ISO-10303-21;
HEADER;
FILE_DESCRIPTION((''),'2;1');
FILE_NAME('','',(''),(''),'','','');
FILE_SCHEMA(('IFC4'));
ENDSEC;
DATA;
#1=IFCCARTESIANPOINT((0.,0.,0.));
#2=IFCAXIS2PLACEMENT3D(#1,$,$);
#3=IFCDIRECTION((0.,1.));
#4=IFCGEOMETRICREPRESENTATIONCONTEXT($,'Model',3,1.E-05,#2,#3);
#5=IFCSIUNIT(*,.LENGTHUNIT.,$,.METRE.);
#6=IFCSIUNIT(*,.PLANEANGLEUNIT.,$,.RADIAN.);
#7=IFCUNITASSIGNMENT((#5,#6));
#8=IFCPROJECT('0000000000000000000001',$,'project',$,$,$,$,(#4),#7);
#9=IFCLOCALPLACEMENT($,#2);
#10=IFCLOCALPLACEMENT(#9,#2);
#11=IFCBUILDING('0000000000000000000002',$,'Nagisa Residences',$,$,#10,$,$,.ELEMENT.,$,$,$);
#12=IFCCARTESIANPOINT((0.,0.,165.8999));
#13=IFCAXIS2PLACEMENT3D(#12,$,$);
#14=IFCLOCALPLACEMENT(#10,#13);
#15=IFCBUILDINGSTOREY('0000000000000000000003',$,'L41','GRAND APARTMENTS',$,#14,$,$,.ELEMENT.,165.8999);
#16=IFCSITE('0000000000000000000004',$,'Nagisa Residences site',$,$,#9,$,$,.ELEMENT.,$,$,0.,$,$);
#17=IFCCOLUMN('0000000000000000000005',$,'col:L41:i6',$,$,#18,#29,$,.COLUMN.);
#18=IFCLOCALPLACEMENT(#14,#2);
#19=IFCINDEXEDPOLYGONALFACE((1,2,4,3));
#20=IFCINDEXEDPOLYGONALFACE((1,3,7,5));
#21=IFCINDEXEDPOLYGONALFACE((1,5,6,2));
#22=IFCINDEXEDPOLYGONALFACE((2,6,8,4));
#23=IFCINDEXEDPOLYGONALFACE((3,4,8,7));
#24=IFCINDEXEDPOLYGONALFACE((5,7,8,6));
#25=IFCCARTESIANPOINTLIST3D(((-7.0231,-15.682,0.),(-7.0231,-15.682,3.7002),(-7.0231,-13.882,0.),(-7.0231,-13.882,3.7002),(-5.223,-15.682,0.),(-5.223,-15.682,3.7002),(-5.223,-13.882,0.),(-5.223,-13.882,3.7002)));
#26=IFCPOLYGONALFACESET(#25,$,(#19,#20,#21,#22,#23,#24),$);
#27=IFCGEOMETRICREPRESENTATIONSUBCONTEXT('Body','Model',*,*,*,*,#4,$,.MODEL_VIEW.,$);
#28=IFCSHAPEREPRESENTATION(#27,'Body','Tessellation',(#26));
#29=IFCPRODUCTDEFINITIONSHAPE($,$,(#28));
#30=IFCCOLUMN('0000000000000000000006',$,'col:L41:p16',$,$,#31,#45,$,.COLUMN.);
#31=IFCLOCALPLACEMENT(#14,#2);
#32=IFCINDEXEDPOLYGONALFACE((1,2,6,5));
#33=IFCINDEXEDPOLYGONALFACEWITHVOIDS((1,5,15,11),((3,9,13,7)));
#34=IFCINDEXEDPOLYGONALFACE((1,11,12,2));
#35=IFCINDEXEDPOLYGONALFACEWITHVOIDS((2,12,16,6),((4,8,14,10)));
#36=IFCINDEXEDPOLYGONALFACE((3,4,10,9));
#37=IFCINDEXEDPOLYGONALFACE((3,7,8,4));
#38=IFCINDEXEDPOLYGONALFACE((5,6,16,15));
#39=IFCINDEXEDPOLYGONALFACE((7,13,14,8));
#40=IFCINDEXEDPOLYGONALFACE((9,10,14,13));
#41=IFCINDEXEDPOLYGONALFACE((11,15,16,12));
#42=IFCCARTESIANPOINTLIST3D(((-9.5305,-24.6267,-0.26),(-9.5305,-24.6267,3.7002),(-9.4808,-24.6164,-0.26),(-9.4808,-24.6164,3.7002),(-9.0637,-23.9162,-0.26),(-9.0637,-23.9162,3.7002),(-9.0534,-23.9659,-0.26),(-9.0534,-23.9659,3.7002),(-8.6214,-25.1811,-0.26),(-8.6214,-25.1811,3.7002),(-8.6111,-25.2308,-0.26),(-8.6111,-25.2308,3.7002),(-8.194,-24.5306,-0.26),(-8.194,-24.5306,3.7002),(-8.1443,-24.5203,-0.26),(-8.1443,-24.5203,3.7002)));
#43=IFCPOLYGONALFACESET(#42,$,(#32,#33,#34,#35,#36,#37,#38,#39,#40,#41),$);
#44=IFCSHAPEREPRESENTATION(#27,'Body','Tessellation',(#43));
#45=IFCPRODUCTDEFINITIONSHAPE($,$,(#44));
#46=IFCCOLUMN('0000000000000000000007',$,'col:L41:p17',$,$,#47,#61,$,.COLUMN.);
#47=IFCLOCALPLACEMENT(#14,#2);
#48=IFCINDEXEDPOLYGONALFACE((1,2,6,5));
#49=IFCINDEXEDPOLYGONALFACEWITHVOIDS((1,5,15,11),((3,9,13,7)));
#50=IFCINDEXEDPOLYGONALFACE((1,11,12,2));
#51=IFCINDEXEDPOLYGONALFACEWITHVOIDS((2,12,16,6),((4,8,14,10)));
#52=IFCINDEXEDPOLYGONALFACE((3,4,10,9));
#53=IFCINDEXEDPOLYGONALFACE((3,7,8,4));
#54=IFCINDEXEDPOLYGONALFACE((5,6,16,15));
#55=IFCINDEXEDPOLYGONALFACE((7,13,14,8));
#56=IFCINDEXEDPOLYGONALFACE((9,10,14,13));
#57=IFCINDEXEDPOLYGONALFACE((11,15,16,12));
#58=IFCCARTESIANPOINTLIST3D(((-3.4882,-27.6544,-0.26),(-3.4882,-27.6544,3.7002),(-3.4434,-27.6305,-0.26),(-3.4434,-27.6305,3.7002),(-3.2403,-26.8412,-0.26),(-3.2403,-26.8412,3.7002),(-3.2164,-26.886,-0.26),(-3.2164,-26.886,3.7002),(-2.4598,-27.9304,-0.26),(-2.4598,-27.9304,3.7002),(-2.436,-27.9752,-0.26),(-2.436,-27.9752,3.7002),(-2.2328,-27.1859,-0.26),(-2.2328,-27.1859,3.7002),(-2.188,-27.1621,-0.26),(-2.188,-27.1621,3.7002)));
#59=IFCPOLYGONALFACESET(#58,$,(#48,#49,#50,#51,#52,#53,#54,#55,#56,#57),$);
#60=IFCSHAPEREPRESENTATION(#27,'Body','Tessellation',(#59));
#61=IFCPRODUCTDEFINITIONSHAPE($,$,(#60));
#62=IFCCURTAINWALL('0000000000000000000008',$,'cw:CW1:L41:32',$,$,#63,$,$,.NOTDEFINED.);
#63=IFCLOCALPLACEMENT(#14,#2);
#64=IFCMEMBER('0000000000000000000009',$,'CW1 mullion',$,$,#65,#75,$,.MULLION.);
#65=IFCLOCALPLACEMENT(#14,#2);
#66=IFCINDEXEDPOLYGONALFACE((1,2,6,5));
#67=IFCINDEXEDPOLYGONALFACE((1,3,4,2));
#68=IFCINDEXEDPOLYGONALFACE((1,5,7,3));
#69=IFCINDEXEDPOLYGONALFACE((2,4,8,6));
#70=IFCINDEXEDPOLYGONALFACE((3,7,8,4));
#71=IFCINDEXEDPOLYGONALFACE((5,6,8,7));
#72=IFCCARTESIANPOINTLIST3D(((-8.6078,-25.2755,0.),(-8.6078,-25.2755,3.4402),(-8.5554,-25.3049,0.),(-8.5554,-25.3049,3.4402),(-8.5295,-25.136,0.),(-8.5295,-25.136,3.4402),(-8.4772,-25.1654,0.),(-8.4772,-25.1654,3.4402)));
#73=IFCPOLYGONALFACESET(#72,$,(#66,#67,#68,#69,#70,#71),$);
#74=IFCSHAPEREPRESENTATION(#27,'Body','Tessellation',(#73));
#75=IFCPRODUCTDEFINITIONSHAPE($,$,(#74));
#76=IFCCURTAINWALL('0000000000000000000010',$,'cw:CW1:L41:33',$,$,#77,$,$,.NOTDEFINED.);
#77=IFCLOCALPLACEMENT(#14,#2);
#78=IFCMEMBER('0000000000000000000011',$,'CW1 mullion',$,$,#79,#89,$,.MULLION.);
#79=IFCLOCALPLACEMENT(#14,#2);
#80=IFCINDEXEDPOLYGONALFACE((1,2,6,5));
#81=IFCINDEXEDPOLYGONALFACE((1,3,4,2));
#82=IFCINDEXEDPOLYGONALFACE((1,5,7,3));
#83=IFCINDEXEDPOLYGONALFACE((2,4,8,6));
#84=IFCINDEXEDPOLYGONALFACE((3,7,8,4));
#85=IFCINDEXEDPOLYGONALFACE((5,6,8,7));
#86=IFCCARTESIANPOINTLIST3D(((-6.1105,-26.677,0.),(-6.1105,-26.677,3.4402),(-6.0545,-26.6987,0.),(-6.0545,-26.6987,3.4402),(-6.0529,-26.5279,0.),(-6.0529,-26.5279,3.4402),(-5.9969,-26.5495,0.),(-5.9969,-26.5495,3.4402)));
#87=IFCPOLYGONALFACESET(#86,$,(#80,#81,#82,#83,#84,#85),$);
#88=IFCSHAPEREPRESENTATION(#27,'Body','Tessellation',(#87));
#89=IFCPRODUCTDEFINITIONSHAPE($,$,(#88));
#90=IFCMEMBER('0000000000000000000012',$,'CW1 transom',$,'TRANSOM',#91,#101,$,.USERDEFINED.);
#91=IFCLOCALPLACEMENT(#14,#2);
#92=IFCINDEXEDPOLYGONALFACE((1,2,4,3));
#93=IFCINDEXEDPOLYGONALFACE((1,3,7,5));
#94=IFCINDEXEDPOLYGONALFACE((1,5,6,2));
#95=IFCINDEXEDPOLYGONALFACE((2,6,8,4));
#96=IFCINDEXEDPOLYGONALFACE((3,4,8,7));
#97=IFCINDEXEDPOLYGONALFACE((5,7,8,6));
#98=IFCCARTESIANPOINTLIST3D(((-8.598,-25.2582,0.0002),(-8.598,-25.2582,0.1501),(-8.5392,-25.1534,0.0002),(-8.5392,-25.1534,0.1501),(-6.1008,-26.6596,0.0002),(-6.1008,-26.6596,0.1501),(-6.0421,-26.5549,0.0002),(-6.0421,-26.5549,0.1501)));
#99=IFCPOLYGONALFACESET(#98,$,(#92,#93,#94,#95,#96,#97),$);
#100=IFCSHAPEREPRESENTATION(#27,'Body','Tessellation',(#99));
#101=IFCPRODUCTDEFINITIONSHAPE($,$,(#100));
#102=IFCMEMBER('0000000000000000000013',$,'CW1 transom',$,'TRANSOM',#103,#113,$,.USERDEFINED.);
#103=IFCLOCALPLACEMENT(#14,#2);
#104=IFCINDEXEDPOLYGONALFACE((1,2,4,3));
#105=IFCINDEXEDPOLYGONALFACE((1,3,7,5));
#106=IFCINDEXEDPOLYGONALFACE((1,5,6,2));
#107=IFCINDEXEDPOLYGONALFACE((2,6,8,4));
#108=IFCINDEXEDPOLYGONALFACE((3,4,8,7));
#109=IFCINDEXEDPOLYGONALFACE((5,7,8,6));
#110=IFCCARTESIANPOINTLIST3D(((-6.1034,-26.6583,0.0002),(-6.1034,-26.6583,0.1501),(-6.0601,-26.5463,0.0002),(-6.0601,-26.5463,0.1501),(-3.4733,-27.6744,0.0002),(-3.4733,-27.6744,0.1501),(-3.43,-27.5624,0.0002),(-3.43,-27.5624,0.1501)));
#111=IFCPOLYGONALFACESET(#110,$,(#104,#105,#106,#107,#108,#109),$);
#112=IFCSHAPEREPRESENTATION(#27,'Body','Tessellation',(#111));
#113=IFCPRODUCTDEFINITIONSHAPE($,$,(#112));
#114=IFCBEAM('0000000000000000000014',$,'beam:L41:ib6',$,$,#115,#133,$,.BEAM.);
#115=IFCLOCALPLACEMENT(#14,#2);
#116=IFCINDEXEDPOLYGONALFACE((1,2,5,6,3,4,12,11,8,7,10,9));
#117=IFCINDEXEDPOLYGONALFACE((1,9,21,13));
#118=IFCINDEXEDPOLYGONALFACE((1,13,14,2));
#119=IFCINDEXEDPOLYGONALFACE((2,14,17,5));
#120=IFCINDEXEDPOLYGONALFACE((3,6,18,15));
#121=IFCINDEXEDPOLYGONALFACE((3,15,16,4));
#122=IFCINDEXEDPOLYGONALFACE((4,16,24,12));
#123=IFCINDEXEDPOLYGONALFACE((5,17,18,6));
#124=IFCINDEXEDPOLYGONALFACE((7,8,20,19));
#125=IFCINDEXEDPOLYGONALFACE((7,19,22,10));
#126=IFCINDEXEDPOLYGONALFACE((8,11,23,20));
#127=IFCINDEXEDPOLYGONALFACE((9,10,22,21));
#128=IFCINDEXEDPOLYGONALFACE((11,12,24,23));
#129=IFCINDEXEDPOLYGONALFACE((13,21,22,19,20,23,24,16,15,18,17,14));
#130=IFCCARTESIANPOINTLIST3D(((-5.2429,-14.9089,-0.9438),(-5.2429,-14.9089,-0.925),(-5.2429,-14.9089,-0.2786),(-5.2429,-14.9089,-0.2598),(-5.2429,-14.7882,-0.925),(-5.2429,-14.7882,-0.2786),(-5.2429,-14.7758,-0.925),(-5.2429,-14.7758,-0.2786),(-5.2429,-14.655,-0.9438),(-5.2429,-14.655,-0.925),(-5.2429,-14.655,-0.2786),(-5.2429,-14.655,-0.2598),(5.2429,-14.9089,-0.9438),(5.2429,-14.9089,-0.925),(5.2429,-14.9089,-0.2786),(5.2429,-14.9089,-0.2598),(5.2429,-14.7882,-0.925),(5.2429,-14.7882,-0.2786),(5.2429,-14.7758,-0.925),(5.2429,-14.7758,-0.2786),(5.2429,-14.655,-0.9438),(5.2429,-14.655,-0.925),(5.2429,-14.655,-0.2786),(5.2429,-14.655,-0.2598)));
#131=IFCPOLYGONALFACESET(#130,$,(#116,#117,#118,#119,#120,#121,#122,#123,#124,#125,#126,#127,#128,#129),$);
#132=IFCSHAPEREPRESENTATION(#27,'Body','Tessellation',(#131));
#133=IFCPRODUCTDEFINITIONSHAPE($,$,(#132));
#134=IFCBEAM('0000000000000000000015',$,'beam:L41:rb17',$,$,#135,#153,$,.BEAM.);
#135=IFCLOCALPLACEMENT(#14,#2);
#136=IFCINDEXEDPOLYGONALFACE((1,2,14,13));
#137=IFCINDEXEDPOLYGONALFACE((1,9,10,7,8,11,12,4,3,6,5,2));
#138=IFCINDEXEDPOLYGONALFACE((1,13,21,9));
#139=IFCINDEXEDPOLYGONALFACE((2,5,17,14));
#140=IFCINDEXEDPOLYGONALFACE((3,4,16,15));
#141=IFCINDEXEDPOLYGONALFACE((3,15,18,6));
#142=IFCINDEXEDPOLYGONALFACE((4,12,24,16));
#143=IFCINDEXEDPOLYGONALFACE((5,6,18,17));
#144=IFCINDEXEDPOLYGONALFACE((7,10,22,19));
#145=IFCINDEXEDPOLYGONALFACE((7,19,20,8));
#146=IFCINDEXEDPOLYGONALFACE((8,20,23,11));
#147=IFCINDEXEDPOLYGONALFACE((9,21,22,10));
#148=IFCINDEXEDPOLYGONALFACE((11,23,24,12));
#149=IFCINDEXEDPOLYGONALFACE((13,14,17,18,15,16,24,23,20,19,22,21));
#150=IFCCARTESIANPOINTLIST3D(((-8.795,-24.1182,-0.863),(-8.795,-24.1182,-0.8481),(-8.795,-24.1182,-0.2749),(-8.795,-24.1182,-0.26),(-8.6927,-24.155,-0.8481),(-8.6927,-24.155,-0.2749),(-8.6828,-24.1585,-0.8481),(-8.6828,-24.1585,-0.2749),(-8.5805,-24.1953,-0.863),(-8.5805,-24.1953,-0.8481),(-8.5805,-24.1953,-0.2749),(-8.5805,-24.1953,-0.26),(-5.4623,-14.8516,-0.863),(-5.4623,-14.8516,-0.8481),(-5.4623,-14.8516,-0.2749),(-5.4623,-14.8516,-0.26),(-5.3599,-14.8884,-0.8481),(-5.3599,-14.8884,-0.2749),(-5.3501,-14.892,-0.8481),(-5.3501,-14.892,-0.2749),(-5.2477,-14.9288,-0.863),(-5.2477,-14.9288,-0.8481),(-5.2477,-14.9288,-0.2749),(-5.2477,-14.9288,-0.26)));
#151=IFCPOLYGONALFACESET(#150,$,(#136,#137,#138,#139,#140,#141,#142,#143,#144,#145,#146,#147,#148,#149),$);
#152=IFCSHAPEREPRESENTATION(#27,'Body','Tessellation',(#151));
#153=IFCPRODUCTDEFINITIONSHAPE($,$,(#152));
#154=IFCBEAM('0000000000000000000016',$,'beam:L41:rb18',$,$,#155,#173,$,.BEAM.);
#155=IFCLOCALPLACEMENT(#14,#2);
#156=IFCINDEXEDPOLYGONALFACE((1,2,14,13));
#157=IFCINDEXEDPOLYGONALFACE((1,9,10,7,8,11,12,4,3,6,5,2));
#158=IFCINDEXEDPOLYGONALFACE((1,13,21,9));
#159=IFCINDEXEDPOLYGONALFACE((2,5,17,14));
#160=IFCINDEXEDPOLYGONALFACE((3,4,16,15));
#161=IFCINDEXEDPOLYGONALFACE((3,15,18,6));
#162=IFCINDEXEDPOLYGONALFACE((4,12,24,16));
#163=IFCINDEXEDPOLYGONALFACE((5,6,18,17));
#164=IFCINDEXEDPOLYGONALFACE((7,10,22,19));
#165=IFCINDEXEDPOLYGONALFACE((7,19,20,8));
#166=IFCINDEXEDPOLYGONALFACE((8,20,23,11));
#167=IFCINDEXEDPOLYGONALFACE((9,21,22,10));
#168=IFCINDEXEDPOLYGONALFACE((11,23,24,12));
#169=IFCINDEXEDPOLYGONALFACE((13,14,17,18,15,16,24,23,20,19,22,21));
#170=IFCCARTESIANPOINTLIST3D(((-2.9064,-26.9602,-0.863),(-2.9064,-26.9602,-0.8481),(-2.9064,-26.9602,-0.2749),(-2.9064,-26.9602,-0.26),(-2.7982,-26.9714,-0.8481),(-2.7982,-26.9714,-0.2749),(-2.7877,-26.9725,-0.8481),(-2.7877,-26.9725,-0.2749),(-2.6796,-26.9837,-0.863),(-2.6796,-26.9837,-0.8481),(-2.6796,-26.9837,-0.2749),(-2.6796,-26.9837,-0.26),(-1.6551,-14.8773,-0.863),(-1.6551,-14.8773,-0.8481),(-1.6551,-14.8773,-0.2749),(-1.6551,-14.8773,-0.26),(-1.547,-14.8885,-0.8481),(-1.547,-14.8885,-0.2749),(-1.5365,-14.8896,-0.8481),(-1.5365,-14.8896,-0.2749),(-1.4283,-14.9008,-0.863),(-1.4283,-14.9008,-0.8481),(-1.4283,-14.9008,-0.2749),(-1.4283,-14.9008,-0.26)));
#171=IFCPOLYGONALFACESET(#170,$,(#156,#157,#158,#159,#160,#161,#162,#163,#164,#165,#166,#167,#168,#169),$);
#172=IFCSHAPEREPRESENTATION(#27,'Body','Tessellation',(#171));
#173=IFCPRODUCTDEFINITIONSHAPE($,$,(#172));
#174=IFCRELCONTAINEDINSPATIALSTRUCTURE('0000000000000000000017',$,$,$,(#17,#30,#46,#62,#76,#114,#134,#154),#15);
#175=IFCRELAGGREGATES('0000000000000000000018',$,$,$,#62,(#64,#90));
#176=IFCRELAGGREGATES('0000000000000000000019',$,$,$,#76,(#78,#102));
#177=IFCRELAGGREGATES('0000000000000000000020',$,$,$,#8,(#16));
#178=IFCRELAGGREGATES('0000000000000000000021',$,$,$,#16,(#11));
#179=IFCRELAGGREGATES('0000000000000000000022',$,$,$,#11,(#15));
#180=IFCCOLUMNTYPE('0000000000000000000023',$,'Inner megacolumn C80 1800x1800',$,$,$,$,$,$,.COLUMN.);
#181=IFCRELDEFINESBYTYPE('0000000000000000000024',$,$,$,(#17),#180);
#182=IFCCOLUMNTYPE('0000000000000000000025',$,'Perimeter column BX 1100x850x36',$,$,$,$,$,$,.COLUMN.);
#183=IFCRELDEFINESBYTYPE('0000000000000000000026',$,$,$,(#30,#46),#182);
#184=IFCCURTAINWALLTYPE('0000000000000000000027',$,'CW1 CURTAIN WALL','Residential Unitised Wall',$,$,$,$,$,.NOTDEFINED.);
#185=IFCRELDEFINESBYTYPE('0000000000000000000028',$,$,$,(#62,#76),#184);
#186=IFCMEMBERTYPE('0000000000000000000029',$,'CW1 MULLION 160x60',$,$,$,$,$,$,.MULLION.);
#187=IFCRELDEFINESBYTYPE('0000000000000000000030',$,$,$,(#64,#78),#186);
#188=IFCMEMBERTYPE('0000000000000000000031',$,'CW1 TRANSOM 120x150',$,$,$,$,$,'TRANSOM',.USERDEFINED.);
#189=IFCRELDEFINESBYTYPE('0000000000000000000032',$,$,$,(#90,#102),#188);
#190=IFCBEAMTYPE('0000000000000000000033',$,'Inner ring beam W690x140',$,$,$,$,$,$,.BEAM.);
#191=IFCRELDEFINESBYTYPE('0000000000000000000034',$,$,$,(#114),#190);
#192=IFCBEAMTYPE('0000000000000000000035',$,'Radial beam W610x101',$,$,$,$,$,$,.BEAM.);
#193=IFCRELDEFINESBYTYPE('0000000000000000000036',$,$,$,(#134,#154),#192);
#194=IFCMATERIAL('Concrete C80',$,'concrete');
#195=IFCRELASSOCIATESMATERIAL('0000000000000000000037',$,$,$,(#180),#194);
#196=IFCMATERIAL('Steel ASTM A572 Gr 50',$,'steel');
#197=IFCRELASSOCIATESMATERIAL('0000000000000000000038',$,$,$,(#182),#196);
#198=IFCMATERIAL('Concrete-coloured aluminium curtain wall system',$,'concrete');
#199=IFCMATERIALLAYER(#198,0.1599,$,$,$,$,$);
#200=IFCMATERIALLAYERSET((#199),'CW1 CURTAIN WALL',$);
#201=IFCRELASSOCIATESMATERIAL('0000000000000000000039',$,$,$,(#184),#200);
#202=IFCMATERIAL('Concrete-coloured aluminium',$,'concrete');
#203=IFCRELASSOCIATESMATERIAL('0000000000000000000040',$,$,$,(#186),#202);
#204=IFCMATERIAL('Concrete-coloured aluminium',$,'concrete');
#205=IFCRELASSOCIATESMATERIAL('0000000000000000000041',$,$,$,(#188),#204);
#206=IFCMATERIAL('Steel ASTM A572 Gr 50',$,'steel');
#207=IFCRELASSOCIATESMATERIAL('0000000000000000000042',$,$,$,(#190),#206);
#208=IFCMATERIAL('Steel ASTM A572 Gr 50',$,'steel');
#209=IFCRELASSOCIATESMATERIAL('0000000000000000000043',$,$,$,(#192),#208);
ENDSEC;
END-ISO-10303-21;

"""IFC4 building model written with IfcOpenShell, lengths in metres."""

from ifc_helpers import new_model, si_unit, direction, frame, origin, origin_2d, place, context, subcontext, project, spatial, rectangle, hollow_rectangle, i_section, extrude, material, layer, layer_set, material_profile, profile_set, type_object, element, aggregate, save


model = new_model("IFC4")

# Units and contexts
model_context = context("Model", 3, precision=1e-05, world=origin(), true_north=direction((0.0, 1.0)))
body_context = subcontext(model_context, "Body", "Model", "MODEL_VIEW")
ifc_project = project(units=[si_unit("LENGTHUNIT", "METRE"), si_unit("PLANEANGLEUNIT", "RADIAN")], contexts=[model_context])

# Site, building, storey
site_placement = place(None, origin())
site = spatial("IfcSite", under=ifc_project, at=site_placement, Name="Nagisa Residences site", CompositionType="ELEMENT", RefElevation=0.0)
building_placement = place(site_placement, origin())
building = spatial("IfcBuilding", under=site, at=building_placement, Name="Nagisa Residences", CompositionType="ELEMENT")
storey_placement = place(building_placement, frame((0.0, 0.0, 165.8999)))
storey = spatial("IfcBuildingStorey", under=building, at=storey_placement, Name="L41", Description="GRAND APARTMENTS", CompositionType="ELEMENT", Elevation=165.8999)

# Columns
ifc_material_1 = material(Name="Concrete C80", Category="concrete")
ifc_material_profile_1 = material_profile(ifc_material_1, rectangle(XDim=1.8, YDim=1.8, at=origin_2d()), Name="C80 1800x1800")
ifc_profile_set_1 = profile_set([ifc_material_profile_1], Name="Concrete C80")
column_type_1 = type_object("IfcColumnType", Name="Inner megacolumn C80 1800x1800", PredefinedType="COLUMN", material=ifc_profile_set_1)
column_placement = place(storey_placement, frame((-6.123, -14.782, 0.0), z_axis=(0.0, 0.0, 1.0), x_axis=(1.0, 0.0, 0.0)))
element("IfcColumn", 1, at=column_placement, inside=storey, type_object=column_type_1, Name="col:L41:i6", PredefinedType="COLUMN", context=body_context, shape_type="SweptSolid", body=[
    extrude(rectangle(XDim=1.8, YDim=1.8, at=origin_2d()), origin(), (0.0, 0.0, 1.0), 3.7002),
])
ifc_material_2 = material(Name="Steel ASTM A572 Gr 50", Category="steel")
ifc_material_profile_2 = material_profile(ifc_material_2, hollow_rectangle(XDim=1.1001, YDim=0.8501, WallThickness=0.0359, at=origin_2d()), Name="BX 1100x850x36")
ifc_profile_set_2 = profile_set([ifc_material_profile_2], Name="Steel ASTM A572 Gr 50")
column_type_2 = type_object("IfcColumnType", Name="Perimeter column BX 1100x850x36", PredefinedType="COLUMN", material=ifc_profile_set_2)
for number, where, z_axis, x_axis, name in (
    (2, (-8.8374, -24.5735, -0.26), (0.0, 0.0, 1.0), (0.835766, -0.549086, 0.0), "col:L41:p16"),
    (3, (-2.8381, -27.4082, -0.26), (0.0, 0.0, 1.0), (0.956525, -0.291652, 0.0), "col:L41:p17"),
):
    element("IfcColumn", number, at=place(storey_placement, frame(where, z_axis=z_axis, x_axis=x_axis)), inside=storey, type_object=column_type_2, Name=name, PredefinedType="COLUMN", context=body_context, shape_type="SweptSolid", body=[
        extrude(hollow_rectangle(XDim=1.1001, YDim=0.8501, WallThickness=0.0359, at=origin_2d()), origin(), (0.0, 0.0, 1.0), 3.9602),
    ])

# Curtain walls, members
ifc_material_3 = material(Name="Concrete-coloured aluminium curtain wall system", Category="concrete")
ifc_layer_1 = layer(ifc_material_3, 0.1599)
ifc_layer_set_1 = layer_set([ifc_layer_1], Name="CW1 CURTAIN WALL")
curtain_wall_type = type_object("IfcCurtainWallType", Name="CW1 CURTAIN WALL", Description="Residential Unitised Wall", PredefinedType="NOTDEFINED", material=ifc_layer_set_1)
curtain_wall_1_placement = place(storey_placement, origin())
curtain_wall_1 = element("IfcCurtainWall", 4, at=curtain_wall_1_placement, inside=storey, type_object=curtain_wall_type, Name="cw:CW1:L41:32", PredefinedType="NOTDEFINED")
ifc_material_4 = material(Name="Concrete-coloured aluminium", Category="concrete")
ifc_material_profile_3 = material_profile(ifc_material_4, rectangle(XDim=0.1599, YDim=0.0601, at=origin_2d()), Name="CW1 MULLION 160x60")
ifc_profile_set_3 = profile_set([ifc_material_profile_3], Name="Concrete-coloured aluminium")
member_type_1 = type_object("IfcMemberType", Name="CW1 MULLION 160x60", PredefinedType="MULLION", material=ifc_profile_set_3)
member_1_placement = place(storey_placement, frame((-8.5425, -25.2205, 0.0), z_axis=(0.0, 0.0, 1.0), x_axis=(0.489377, 0.872072, 0.0)))
member_1 = element("IfcMember", 5, at=member_1_placement, type_object=member_type_1, Name="CW1 mullion", PredefinedType="MULLION", context=body_context, shape_type="SweptSolid", body=[
    extrude(rectangle(XDim=0.1599, YDim=0.0601, at=origin_2d()), origin(), (0.0, 0.0, 1.0), 3.4402),
])
curtain_wall_2_placement = place(storey_placement, origin())
curtain_wall_2 = element("IfcCurtainWall", 6, at=curtain_wall_2_placement, inside=storey, type_object=curtain_wall_type, Name="cw:CW1:L41:33", PredefinedType="NOTDEFINED")
member_2_placement = place(storey_placement, frame((-6.0537, -26.6133, 0.0), z_axis=(0.0, 0.0, 1.0), x_axis=(0.360328, 0.932826, 0.0)))
member_2 = element("IfcMember", 7, at=member_2_placement, type_object=member_type_1, Name="CW1 mullion", PredefinedType="MULLION", context=body_context, shape_type="SweptSolid", body=[
    extrude(rectangle(XDim=0.1599, YDim=0.0601, at=origin_2d()), origin(), (0.0, 0.0, 1.0), 3.4402),
])

# Members
ifc_material_5 = material(Name="Concrete-coloured aluminium", Category="concrete")
ifc_material_profile_4 = material_profile(ifc_material_5, rectangle(XDim=0.1201, YDim=0.1499, at=origin_2d()), Name="CW1 TRANSOM 120x150")
ifc_profile_set_4 = profile_set([ifc_material_profile_4], Name="Concrete-coloured aluminium")
member_type_2 = type_object("IfcMemberType", Name="CW1 TRANSOM 120x150", ElementType="TRANSOM", PredefinedType="USERDEFINED", material=ifc_profile_set_4)
member_3_placement = place(storey_placement, frame((-8.5686, -25.2058, 0.0752), z_axis=(0.872058, -0.489403, 0.0), x_axis=(0.489403, 0.872058, 0.0)))
member_3 = element("IfcMember", 8, at=member_3_placement, type_object=member_type_2, Name="CW1 transom", ObjectType="TRANSOM", PredefinedType="USERDEFINED", context=body_context, shape_type="SweptSolid", body=[
    extrude(rectangle(XDim=0.1201, YDim=0.1499, at=origin_2d()), origin(), (0.0, 0.0, 1.0), 2.8635),
])
member_4_placement = place(storey_placement, frame((-6.0818, -26.6023, 0.0752), z_axis=(0.932807, -0.360377, 0.0), x_axis=(0.360377, 0.932807, 0.0)))
member_4 = element("IfcMember", 9, at=member_4_placement, type_object=member_type_2, Name="CW1 transom", ObjectType="TRANSOM", PredefinedType="USERDEFINED", context=body_context, shape_type="SweptSolid", body=[
    extrude(rectangle(XDim=0.1201, YDim=0.1499, at=origin_2d()), origin(), (0.0, 0.0, 1.0), 2.8196),
])

# Beams
ifc_material_6 = material(Name="Steel ASTM A572 Gr 50", Category="steel")
ifc_material_profile_5 = material_profile(ifc_material_6, i_section(OverallWidth=0.2539, OverallDepth=0.6841, WebThickness=0.0125, FlangeThickness=0.0188, at=origin_2d()), Name="W690x140")
ifc_profile_set_5 = profile_set([ifc_material_profile_5], Name="Steel ASTM A572 Gr 50")
beam_type_1 = type_object("IfcBeamType", Name="Inner ring beam W690x140", PredefinedType="BEAM", material=ifc_profile_set_5)
beam_1_placement = place(storey_placement, frame((-5.2429, -14.782, -0.6018), z_axis=(1.0, 0.0, 0.0), x_axis=(0.0, 1.0, 0.0)))
element("IfcBeam", 10, at=beam_1_placement, inside=storey, type_object=beam_type_1, Name="beam:L41:ib6", PredefinedType="BEAM", context=body_context, shape_type="SweptSolid", body=[
    extrude(i_section(OverallWidth=0.2539, OverallDepth=0.6841, WebThickness=0.0125, FlangeThickness=0.0188, at=origin_2d()), origin(), (0.0, 0.0, 1.0), 10.4858),
])
ifc_material_7 = material(Name="Steel ASTM A572 Gr 50", Category="steel")
ifc_material_profile_6 = material_profile(ifc_material_7, i_section(OverallWidth=0.228, OverallDepth=0.603, WebThickness=0.0105, FlangeThickness=0.0149, at=origin_2d()), Name="W610x101")
ifc_profile_set_6 = profile_set([ifc_material_profile_6], Name="Steel ASTM A572 Gr 50")
beam_type_2 = type_object("IfcBeamType", Name="Radial beam W610x101", PredefinedType="BEAM", material=ifc_profile_set_6)
beam_2_placement = place(storey_placement, frame((-8.6877, -24.1567, -0.5615), z_axis=(0.338431, 0.940991, 0.0), x_axis=(-0.940991, 0.338431, 0.0)))
element("IfcBeam", 11, at=beam_2_placement, inside=storey, type_object=beam_type_2, Name="beam:L41:rb17", PredefinedType="BEAM", context=body_context, shape_type="SweptSolid", body=[
    extrude(i_section(OverallWidth=0.228, OverallDepth=0.603, WebThickness=0.0105, FlangeThickness=0.0149, at=origin_2d()), origin(), (0.0, 0.0, 1.0), 9.8477),
])
beam_3_placement = place(storey_placement, frame((-2.793, -26.9719, -0.5615), z_axis=(0.103003, 0.994681, 0.0), x_axis=(-0.994681, 0.103003, 0.0)))
element("IfcBeam", 12, at=beam_3_placement, inside=storey, type_object=beam_type_2, Name="beam:L41:rb18", PredefinedType="BEAM", context=body_context, shape_type="SweptSolid", body=[
    extrude(i_section(OverallWidth=0.228, OverallDepth=0.603, WebThickness=0.0105, FlangeThickness=0.0149, at=origin_2d()), origin(), (0.0, 0.0, 1.0), 12.1475),
])

aggregate(curtain_wall_1, [member_1, member_3])
aggregate(curtain_wall_2, [member_2, member_4])

save(model, "model.ifc")
